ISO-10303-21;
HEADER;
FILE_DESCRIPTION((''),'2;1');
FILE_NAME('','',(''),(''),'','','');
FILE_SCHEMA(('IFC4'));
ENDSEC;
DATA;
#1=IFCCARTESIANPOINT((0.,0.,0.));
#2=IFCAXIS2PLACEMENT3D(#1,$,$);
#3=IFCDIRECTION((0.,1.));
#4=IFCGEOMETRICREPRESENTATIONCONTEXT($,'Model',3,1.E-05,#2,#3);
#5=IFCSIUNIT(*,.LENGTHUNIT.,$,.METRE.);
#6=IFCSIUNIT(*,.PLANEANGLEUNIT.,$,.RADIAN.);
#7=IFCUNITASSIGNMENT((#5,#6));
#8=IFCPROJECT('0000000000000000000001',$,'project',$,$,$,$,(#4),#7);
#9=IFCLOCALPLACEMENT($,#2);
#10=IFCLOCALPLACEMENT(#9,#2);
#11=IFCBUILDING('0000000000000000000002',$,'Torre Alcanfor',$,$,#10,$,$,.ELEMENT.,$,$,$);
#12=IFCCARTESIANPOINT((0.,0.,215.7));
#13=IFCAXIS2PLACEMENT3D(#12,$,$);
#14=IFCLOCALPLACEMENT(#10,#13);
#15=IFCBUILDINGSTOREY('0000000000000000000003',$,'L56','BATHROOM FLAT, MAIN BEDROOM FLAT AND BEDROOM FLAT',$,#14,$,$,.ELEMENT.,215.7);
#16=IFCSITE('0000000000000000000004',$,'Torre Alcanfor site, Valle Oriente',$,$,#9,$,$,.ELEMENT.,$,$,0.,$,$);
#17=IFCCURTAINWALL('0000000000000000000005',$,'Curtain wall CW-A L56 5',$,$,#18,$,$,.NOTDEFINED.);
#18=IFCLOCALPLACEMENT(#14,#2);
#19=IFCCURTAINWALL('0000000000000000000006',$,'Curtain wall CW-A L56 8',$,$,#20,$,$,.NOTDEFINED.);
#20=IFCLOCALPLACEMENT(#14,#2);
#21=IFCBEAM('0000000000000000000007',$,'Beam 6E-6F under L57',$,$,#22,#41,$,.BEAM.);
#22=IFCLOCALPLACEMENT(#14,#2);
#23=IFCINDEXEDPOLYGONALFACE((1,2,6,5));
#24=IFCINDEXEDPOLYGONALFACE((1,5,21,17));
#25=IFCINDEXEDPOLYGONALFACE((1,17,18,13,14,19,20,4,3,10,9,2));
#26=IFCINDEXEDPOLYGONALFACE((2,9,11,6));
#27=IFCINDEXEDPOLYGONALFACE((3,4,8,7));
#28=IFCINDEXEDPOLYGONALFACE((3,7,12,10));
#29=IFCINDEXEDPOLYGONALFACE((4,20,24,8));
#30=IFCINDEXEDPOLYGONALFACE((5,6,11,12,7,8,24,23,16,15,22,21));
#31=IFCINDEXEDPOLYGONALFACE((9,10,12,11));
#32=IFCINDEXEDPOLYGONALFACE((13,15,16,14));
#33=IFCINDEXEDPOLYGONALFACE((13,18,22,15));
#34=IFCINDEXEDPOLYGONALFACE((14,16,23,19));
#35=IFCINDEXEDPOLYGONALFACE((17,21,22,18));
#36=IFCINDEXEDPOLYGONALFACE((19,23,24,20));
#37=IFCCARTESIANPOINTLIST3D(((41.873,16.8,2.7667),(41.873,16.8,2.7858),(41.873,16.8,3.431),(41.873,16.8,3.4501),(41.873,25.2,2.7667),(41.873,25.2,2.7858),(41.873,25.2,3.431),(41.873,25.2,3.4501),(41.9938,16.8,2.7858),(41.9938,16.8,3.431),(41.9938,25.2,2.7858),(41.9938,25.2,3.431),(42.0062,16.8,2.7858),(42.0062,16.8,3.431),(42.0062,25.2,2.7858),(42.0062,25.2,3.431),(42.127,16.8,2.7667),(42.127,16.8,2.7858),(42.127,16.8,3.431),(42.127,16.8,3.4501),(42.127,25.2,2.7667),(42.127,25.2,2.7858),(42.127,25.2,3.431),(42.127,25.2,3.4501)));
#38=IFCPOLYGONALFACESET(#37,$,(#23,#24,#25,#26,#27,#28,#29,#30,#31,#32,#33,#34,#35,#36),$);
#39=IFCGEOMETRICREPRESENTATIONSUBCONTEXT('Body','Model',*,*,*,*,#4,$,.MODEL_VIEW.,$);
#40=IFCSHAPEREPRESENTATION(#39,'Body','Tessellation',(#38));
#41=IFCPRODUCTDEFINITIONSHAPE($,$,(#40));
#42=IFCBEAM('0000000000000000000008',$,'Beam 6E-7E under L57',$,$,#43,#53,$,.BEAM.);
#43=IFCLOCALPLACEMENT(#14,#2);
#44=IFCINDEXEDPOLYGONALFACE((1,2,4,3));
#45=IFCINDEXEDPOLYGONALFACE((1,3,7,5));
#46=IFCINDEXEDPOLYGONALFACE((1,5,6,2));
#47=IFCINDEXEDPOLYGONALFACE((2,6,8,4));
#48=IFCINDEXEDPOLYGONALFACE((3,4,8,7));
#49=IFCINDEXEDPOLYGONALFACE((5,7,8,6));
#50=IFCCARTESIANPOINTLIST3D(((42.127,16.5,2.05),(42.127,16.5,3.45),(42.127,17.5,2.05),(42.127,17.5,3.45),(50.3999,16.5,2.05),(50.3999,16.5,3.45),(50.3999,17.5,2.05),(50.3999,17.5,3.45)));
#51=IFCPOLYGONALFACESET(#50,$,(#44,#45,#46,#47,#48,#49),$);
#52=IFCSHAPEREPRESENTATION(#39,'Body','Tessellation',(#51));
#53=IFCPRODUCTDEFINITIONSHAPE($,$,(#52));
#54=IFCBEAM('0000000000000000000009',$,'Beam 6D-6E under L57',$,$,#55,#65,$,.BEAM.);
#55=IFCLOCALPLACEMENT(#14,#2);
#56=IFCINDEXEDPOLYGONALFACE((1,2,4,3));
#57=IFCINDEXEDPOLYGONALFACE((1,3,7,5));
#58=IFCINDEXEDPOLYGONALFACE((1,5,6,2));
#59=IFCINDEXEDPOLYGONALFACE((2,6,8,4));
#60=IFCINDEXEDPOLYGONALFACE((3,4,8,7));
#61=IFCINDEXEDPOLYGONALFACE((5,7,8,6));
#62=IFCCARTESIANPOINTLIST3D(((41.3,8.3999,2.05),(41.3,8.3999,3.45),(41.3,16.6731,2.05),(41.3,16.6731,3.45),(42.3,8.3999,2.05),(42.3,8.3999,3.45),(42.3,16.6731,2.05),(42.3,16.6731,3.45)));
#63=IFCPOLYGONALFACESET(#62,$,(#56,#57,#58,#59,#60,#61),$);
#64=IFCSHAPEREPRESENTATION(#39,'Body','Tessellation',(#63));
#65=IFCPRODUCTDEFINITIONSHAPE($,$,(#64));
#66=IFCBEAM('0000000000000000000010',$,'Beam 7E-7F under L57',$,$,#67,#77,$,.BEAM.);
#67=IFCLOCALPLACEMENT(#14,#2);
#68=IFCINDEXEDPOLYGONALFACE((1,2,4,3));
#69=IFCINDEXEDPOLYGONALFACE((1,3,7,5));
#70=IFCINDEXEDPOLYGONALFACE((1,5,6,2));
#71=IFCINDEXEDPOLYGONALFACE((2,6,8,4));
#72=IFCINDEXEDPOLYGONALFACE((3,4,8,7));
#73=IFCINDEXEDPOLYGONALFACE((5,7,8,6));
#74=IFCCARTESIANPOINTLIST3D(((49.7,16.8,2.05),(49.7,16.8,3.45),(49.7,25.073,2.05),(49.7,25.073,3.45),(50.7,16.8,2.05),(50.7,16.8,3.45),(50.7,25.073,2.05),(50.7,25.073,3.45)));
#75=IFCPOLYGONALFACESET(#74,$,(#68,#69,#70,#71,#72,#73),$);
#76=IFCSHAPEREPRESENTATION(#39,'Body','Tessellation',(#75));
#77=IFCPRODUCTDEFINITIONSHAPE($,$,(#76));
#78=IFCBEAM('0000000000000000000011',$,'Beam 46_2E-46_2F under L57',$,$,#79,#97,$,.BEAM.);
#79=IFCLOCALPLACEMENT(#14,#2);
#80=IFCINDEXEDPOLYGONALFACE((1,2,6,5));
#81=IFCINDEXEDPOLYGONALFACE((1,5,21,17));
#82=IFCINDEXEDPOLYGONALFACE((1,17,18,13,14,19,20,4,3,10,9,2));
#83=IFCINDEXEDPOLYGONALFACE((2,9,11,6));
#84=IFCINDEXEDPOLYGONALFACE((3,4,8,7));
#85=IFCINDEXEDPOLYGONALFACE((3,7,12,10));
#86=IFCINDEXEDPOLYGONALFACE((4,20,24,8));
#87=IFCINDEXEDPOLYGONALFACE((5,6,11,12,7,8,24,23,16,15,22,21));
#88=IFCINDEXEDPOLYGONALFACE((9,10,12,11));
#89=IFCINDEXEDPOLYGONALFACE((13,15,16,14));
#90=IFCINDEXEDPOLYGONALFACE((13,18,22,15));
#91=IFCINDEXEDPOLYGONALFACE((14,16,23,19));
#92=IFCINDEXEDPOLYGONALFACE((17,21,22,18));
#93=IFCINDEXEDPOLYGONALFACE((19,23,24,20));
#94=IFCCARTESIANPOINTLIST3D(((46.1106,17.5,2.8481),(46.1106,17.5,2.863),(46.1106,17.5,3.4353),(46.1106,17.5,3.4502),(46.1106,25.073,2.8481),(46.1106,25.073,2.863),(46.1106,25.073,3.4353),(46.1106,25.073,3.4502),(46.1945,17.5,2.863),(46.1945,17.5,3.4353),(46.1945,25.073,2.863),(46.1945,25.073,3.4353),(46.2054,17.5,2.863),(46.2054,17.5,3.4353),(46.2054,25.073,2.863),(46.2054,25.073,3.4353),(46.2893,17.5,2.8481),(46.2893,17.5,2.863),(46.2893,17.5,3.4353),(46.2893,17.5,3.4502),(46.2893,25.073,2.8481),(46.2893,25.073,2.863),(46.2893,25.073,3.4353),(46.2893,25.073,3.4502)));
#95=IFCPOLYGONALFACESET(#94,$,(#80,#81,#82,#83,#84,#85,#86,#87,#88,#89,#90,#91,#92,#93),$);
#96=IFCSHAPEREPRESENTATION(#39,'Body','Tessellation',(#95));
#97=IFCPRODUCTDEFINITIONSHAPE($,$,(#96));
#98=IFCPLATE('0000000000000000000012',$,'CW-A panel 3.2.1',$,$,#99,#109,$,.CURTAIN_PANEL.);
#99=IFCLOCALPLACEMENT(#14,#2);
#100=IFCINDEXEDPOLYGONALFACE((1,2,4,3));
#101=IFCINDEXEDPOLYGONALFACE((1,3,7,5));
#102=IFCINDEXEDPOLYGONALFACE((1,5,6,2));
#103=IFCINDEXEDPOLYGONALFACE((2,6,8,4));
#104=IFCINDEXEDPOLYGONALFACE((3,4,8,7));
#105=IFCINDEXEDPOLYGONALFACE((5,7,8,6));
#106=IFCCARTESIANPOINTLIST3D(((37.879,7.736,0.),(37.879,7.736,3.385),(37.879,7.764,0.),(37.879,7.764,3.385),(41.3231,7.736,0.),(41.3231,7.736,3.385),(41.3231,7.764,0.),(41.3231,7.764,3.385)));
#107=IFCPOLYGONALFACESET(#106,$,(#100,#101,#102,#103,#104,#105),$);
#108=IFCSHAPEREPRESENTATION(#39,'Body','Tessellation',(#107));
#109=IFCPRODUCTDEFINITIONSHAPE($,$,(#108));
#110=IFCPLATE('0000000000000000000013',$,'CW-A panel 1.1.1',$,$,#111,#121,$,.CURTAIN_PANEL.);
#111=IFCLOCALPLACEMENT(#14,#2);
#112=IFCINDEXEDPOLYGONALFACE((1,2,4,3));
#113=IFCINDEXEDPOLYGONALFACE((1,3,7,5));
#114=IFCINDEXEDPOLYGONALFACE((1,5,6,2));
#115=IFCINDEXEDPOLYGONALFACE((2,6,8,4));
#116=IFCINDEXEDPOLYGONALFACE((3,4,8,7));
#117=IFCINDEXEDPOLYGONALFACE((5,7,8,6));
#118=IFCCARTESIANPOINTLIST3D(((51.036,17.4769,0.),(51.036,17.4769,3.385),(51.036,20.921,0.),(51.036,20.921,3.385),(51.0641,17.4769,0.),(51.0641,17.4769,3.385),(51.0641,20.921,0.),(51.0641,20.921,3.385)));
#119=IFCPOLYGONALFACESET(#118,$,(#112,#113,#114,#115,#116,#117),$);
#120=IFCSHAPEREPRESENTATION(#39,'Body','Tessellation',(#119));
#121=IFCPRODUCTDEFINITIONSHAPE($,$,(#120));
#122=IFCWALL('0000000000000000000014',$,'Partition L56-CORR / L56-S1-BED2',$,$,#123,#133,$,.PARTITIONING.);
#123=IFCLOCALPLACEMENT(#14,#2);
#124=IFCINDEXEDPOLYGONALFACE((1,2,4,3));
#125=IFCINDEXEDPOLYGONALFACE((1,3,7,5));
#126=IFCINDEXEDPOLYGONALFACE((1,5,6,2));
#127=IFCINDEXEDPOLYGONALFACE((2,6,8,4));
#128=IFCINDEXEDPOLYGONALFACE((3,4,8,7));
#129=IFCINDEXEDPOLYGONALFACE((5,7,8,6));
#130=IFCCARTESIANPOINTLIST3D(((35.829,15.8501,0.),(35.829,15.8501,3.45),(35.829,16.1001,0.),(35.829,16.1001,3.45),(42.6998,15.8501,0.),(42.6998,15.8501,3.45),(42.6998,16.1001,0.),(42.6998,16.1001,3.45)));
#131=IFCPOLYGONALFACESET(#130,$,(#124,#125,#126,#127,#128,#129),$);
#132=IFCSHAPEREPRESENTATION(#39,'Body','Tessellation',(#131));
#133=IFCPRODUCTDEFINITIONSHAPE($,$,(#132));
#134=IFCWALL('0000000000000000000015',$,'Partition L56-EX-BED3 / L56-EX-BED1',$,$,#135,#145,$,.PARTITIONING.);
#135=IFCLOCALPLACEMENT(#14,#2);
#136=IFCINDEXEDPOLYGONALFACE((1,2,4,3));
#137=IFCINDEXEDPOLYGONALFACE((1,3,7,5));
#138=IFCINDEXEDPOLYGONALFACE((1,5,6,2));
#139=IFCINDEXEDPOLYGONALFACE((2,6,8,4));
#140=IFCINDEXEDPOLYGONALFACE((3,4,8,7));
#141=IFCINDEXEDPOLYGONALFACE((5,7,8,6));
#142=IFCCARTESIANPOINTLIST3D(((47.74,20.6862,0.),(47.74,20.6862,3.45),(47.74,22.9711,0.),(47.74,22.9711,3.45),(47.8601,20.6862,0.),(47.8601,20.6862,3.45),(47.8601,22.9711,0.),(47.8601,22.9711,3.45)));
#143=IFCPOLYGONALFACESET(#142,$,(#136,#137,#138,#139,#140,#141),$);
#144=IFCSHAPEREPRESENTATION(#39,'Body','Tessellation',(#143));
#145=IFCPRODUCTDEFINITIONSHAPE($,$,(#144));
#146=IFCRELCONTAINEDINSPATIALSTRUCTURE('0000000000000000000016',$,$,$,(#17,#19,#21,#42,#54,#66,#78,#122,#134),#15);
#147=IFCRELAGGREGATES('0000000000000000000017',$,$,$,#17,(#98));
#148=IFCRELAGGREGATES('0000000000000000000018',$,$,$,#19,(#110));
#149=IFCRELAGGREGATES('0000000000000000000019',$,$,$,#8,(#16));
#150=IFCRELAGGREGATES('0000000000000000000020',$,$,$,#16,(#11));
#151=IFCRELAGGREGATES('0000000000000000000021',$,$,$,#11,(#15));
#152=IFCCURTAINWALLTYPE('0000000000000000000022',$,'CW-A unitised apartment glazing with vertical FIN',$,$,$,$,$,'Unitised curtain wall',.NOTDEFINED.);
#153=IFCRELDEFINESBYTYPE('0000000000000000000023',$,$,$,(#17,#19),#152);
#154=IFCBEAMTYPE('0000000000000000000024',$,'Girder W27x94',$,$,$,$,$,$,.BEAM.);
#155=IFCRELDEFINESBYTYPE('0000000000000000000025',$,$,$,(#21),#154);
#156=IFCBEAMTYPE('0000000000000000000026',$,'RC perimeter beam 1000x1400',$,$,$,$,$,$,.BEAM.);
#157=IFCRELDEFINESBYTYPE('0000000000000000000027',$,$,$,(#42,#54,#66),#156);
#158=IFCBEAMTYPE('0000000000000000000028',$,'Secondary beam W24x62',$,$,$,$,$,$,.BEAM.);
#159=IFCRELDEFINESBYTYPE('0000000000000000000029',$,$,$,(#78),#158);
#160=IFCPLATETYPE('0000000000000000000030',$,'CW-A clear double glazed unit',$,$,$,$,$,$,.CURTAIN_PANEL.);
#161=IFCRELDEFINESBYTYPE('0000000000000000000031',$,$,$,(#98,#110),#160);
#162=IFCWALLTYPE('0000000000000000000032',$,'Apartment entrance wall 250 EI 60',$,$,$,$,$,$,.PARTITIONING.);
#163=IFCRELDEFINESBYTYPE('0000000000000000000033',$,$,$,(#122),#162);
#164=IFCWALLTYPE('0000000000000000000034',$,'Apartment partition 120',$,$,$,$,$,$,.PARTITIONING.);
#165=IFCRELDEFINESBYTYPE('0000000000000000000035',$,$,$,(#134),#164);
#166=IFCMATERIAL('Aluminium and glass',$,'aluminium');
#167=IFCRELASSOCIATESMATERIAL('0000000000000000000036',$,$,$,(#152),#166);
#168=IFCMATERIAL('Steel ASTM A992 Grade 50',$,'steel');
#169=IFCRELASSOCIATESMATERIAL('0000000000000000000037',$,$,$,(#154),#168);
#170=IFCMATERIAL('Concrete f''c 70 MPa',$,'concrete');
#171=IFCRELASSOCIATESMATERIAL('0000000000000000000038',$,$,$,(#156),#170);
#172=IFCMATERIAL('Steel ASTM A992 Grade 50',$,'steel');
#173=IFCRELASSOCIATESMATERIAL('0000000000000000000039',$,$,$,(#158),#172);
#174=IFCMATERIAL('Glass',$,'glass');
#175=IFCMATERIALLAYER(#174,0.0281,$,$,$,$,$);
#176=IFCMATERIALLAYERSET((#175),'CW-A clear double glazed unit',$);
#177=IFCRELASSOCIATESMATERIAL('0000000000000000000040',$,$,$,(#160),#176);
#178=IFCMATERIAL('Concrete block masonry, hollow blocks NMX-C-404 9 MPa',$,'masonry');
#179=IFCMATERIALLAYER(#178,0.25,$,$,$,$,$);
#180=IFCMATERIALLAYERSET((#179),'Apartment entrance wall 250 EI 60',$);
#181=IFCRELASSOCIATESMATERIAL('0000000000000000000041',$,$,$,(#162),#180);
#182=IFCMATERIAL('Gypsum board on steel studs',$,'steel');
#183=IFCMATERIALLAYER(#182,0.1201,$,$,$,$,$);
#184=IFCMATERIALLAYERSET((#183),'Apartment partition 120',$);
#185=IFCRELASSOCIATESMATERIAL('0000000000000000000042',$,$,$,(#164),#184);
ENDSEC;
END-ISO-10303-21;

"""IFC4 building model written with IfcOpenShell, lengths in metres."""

from ifc_helpers import new_model, si_unit, direction, frame, frame_2d, origin, origin_2d, place, context, subcontext, project, spatial, rectangle, i_section, extrude, material, layer, layer_set, material_profile, profile_set, type_object, element, aggregate, save


model = new_model("IFC4")

# Units and contexts
model_context = context("Model", 3, precision=1e-05, world=origin(), true_north=direction((0.0, 1.0)))
body_context = subcontext(model_context, "Body", "Model", "MODEL_VIEW")
ifc_project = project(units=[si_unit("LENGTHUNIT", "METRE"), si_unit("PLANEANGLEUNIT", "RADIAN")], contexts=[model_context])

# Site, building, storey
site_placement = place(None, origin())
site = spatial("IfcSite", under=ifc_project, at=site_placement, Name="Torre Alcanfor site, Valle Oriente", CompositionType="ELEMENT", RefElevation=0.0)
building_placement = place(site_placement, origin())
building = spatial("IfcBuilding", under=site, at=building_placement, Name="Torre Alcanfor", CompositionType="ELEMENT")
storey_placement = place(building_placement, frame((0.0, 0.0, 215.7)))
storey = spatial("IfcBuildingStorey", under=building, at=storey_placement, Name="L56", Description="BATHROOM FLAT, MAIN BEDROOM FLAT AND BEDROOM FLAT", CompositionType="ELEMENT", Elevation=215.7)

# Curtain wall
ifc_material_1 = material(Name="Aluminium and glass", Category="aluminium")
curtain_wall_type = type_object("IfcCurtainWallType", Name="CW-A unitised apartment glazing with vertical FIN", ElementType="Unitised curtain wall", PredefinedType="NOTDEFINED", material=ifc_material_1)
curtain_wall_1_placement = place(storey_placement, origin())
curtain_wall_1 = element("IfcCurtainWall", 1, at=curtain_wall_1_placement, inside=storey, type_object=curtain_wall_type, Name="Curtain wall CW-A L56 5", PredefinedType="NOTDEFINED")

# Curtain wall
curtain_wall_2_placement = place(storey_placement, origin())
curtain_wall_2 = element("IfcCurtainWall", 2, at=curtain_wall_2_placement, inside=storey, type_object=curtain_wall_type, Name="Curtain wall CW-A L56 8", PredefinedType="NOTDEFINED")

# Beams
ifc_material_2 = material(Name="Steel ASTM A992 Grade 50", Category="steel")
ifc_material_profile_1 = material_profile(ifc_material_2, i_section(OverallWidth=0.2539, OverallDepth=0.6833, WebThickness=0.0125, FlangeThickness=0.019, at=origin_2d()), Name="W27x94")
ifc_profile_set_1 = profile_set([ifc_material_profile_1], Name="Steel ASTM A992 Grade 50")
beam_type_1 = type_object("IfcBeamType", Name="Girder W27x94", PredefinedType="BEAM", material=ifc_profile_set_1)
beam_1_placement = place(storey_placement, frame((42.0, 16.8, 3.1084), z_axis=(0.0, 1.0, 0.0), x_axis=(-1.0, 0.0, 0.0)))
element("IfcBeam", 3, at=beam_1_placement, inside=storey, type_object=beam_type_1, Name="Beam 6E-6F under L57", PredefinedType="BEAM", context=body_context, shape_type="SweptSolid", body=[
    extrude(i_section(OverallWidth=0.2539, OverallDepth=0.6833, WebThickness=0.0125, FlangeThickness=0.019, at=origin_2d()), origin(), (0.0, 0.0, 1.0), 8.3999),
])
ifc_material_3 = material(Name="Concrete f'c 70 MPa", Category="concrete")
ifc_material_profile_2 = material_profile(ifc_material_3, rectangle(XDim=1.0, YDim=1.3999, at=origin_2d()), Name="1000x1400")
ifc_profile_set_2 = profile_set([ifc_material_profile_2], Name="Concrete f'c 70 MPa")
beam_type_2 = type_object("IfcBeamType", Name="RC perimeter beam 1000x1400", PredefinedType="BEAM", material=ifc_profile_set_2)
beam_2_placement = place(storey_placement, frame((42.127, 17.0, 2.75), z_axis=(1.0, 0.0, 0.0), x_axis=(0.0, 1.0, 0.0)))
element("IfcBeam", 4, at=beam_2_placement, inside=storey, type_object=beam_type_2, Name="Beam 6E-7E under L57", PredefinedType="BEAM", context=body_context, shape_type="SweptSolid", body=[
    extrude(rectangle(XDim=1.0, YDim=1.3999, at=origin_2d()), origin(), (0.0, 0.0, 1.0), 8.2729),
])
beam_3_placement = place(storey_placement, frame((41.8, 8.3999, 2.75), z_axis=(0.0, 1.0, 0.0), x_axis=(-1.0, 0.0, 0.0)))
element("IfcBeam", 5, at=beam_3_placement, inside=storey, type_object=beam_type_2, Name="Beam 6D-6E under L57", PredefinedType="BEAM", context=body_context, shape_type="SweptSolid", body=[
    extrude(rectangle(XDim=1.0, YDim=1.3999, at=origin_2d()), origin(), (0.0, 0.0, 1.0), 8.2732),
])
beam_4_placement = place(storey_placement, frame((50.2, 16.8, 2.75), z_axis=(0.0, 1.0, 0.0), x_axis=(-1.0, 0.0, 0.0)))
element("IfcBeam", 6, at=beam_4_placement, inside=storey, type_object=beam_type_2, Name="Beam 7E-7F under L57", PredefinedType="BEAM", context=body_context, shape_type="SweptSolid", body=[
    extrude(rectangle(XDim=1.0, YDim=1.3999, at=origin_2d()), origin(), (0.0, 0.0, 1.0), 8.2729),
])
ifc_material_4 = material(Name="Steel ASTM A992 Grade 50", Category="steel")
ifc_material_profile_3 = material_profile(ifc_material_4, i_section(OverallWidth=0.1787, OverallDepth=0.6021, WebThickness=0.011, FlangeThickness=0.0149, at=origin_2d()), Name="W24x62")
ifc_profile_set_3 = profile_set([ifc_material_profile_3], Name="Steel ASTM A992 Grade 50")
beam_type_3 = type_object("IfcBeamType", Name="Secondary beam W24x62", PredefinedType="BEAM", material=ifc_profile_set_3)
beam_5_placement = place(storey_placement, frame((46.2, 17.5, 3.1492), z_axis=(0.0, 1.0, 0.0), x_axis=(-1.0, 0.0, 0.0)))
element("IfcBeam", 7, at=beam_5_placement, inside=storey, type_object=beam_type_3, Name="Beam 46_2E-46_2F under L57", PredefinedType="BEAM", context=body_context, shape_type="SweptSolid", body=[
    extrude(i_section(OverallWidth=0.1787, OverallDepth=0.6021, WebThickness=0.011, FlangeThickness=0.0149, at=origin_2d()), origin(), (0.0, 0.0, 1.0), 7.573),
])

# Plates
ifc_material_5 = material(Name="Glass", Category="glass")
ifc_layer_1 = layer(ifc_material_5, 0.0281)
ifc_layer_set_1 = layer_set([ifc_layer_1], Name="CW-A clear double glazed unit")
plate_type = type_object("IfcPlateType", Name="CW-A clear double glazed unit", PredefinedType="CURTAIN_PANEL", material=ifc_layer_set_1)
plate_1_placement = place(storey_placement, frame((39.6011, 7.75, 0.0), z_axis=(0.0, 0.0, 1.0), x_axis=(1.0, 0.0, 0.0)))
plate_1 = element("IfcPlate", 8, at=plate_1_placement, type_object=plate_type, Name="CW-A panel 3.2.1", PredefinedType="CURTAIN_PANEL", context=body_context, shape_type="SweptSolid", body=[
    extrude(rectangle(XDim=3.4441, YDim=0.0281, at=origin_2d()), origin(), (0.0, 0.0, 1.0), 3.385),
])
aggregate(curtain_wall_1, [plate_1])
plate_2_placement = place(storey_placement, frame((51.05, 19.199, 0.0), z_axis=(0.0, 0.0, 1.0), x_axis=(0.0, 1.0, 0.0)))
plate_2 = element("IfcPlate", 9, at=plate_2_placement, type_object=plate_type, Name="CW-A panel 1.1.1", PredefinedType="CURTAIN_PANEL", context=body_context, shape_type="SweptSolid", body=[
    extrude(rectangle(XDim=3.4441, YDim=0.0281, at=origin_2d()), origin(), (0.0, 0.0, 1.0), 3.385),
])
aggregate(curtain_wall_2, [plate_2])

# Walls
ifc_material_6 = material(Name="Concrete block masonry, hollow blocks NMX-C-404 9 MPa", Category="masonry")
ifc_layer_2 = layer(ifc_material_6, 0.25)
ifc_layer_set_2 = layer_set([ifc_layer_2], Name="Apartment entrance wall 250 EI 60")
wall_type_1 = type_object("IfcWallType", Name="Apartment entrance wall 250 EI 60", PredefinedType="PARTITIONING", material=ifc_layer_set_2)
wall_1_placement = place(storey_placement, frame((42.7, 15.9751, 0.0), z_axis=(0.0, 0.0, 1.0), x_axis=(-1.0, 0.0, 0.0)))
element("IfcWall", 10, at=wall_1_placement, inside=storey, type_object=wall_type_1, Name="Partition L56-CORR / L56-S1-BED2", PredefinedType="PARTITIONING", context=body_context, shape_type="SweptSolid", body=[
    extrude(rectangle(XDim=6.8708, YDim=0.25, at=frame_2d((3.4355, 0.0))), origin(), (0.0, 0.0, 1.0), 3.45),
])
ifc_material_7 = material(Name="Gypsum board on steel studs", Category="steel")
ifc_layer_3 = layer(ifc_material_7, 0.1201)
ifc_layer_set_3 = layer_set([ifc_layer_3], Name="Apartment partition 120")
wall_type_2 = type_object("IfcWallType", Name="Apartment partition 120", PredefinedType="PARTITIONING", material=ifc_layer_set_3)
wall_2_placement = place(storey_placement, frame((47.8, 20.686, 0.0), z_axis=(0.0, 0.0, 1.0), x_axis=(0.0, 1.0, 0.0)))
element("IfcWall", 11, at=wall_2_placement, inside=storey, type_object=wall_type_2, Name="Partition L56-EX-BED3 / L56-EX-BED1", PredefinedType="PARTITIONING", context=body_context, shape_type="SweptSolid", body=[
    extrude(rectangle(XDim=2.2849, YDim=0.1201, at=frame_2d((1.1426, 0.0))), origin(), (0.0, 0.0, 1.0), 3.45),
])

save(model, "model.ifc")
